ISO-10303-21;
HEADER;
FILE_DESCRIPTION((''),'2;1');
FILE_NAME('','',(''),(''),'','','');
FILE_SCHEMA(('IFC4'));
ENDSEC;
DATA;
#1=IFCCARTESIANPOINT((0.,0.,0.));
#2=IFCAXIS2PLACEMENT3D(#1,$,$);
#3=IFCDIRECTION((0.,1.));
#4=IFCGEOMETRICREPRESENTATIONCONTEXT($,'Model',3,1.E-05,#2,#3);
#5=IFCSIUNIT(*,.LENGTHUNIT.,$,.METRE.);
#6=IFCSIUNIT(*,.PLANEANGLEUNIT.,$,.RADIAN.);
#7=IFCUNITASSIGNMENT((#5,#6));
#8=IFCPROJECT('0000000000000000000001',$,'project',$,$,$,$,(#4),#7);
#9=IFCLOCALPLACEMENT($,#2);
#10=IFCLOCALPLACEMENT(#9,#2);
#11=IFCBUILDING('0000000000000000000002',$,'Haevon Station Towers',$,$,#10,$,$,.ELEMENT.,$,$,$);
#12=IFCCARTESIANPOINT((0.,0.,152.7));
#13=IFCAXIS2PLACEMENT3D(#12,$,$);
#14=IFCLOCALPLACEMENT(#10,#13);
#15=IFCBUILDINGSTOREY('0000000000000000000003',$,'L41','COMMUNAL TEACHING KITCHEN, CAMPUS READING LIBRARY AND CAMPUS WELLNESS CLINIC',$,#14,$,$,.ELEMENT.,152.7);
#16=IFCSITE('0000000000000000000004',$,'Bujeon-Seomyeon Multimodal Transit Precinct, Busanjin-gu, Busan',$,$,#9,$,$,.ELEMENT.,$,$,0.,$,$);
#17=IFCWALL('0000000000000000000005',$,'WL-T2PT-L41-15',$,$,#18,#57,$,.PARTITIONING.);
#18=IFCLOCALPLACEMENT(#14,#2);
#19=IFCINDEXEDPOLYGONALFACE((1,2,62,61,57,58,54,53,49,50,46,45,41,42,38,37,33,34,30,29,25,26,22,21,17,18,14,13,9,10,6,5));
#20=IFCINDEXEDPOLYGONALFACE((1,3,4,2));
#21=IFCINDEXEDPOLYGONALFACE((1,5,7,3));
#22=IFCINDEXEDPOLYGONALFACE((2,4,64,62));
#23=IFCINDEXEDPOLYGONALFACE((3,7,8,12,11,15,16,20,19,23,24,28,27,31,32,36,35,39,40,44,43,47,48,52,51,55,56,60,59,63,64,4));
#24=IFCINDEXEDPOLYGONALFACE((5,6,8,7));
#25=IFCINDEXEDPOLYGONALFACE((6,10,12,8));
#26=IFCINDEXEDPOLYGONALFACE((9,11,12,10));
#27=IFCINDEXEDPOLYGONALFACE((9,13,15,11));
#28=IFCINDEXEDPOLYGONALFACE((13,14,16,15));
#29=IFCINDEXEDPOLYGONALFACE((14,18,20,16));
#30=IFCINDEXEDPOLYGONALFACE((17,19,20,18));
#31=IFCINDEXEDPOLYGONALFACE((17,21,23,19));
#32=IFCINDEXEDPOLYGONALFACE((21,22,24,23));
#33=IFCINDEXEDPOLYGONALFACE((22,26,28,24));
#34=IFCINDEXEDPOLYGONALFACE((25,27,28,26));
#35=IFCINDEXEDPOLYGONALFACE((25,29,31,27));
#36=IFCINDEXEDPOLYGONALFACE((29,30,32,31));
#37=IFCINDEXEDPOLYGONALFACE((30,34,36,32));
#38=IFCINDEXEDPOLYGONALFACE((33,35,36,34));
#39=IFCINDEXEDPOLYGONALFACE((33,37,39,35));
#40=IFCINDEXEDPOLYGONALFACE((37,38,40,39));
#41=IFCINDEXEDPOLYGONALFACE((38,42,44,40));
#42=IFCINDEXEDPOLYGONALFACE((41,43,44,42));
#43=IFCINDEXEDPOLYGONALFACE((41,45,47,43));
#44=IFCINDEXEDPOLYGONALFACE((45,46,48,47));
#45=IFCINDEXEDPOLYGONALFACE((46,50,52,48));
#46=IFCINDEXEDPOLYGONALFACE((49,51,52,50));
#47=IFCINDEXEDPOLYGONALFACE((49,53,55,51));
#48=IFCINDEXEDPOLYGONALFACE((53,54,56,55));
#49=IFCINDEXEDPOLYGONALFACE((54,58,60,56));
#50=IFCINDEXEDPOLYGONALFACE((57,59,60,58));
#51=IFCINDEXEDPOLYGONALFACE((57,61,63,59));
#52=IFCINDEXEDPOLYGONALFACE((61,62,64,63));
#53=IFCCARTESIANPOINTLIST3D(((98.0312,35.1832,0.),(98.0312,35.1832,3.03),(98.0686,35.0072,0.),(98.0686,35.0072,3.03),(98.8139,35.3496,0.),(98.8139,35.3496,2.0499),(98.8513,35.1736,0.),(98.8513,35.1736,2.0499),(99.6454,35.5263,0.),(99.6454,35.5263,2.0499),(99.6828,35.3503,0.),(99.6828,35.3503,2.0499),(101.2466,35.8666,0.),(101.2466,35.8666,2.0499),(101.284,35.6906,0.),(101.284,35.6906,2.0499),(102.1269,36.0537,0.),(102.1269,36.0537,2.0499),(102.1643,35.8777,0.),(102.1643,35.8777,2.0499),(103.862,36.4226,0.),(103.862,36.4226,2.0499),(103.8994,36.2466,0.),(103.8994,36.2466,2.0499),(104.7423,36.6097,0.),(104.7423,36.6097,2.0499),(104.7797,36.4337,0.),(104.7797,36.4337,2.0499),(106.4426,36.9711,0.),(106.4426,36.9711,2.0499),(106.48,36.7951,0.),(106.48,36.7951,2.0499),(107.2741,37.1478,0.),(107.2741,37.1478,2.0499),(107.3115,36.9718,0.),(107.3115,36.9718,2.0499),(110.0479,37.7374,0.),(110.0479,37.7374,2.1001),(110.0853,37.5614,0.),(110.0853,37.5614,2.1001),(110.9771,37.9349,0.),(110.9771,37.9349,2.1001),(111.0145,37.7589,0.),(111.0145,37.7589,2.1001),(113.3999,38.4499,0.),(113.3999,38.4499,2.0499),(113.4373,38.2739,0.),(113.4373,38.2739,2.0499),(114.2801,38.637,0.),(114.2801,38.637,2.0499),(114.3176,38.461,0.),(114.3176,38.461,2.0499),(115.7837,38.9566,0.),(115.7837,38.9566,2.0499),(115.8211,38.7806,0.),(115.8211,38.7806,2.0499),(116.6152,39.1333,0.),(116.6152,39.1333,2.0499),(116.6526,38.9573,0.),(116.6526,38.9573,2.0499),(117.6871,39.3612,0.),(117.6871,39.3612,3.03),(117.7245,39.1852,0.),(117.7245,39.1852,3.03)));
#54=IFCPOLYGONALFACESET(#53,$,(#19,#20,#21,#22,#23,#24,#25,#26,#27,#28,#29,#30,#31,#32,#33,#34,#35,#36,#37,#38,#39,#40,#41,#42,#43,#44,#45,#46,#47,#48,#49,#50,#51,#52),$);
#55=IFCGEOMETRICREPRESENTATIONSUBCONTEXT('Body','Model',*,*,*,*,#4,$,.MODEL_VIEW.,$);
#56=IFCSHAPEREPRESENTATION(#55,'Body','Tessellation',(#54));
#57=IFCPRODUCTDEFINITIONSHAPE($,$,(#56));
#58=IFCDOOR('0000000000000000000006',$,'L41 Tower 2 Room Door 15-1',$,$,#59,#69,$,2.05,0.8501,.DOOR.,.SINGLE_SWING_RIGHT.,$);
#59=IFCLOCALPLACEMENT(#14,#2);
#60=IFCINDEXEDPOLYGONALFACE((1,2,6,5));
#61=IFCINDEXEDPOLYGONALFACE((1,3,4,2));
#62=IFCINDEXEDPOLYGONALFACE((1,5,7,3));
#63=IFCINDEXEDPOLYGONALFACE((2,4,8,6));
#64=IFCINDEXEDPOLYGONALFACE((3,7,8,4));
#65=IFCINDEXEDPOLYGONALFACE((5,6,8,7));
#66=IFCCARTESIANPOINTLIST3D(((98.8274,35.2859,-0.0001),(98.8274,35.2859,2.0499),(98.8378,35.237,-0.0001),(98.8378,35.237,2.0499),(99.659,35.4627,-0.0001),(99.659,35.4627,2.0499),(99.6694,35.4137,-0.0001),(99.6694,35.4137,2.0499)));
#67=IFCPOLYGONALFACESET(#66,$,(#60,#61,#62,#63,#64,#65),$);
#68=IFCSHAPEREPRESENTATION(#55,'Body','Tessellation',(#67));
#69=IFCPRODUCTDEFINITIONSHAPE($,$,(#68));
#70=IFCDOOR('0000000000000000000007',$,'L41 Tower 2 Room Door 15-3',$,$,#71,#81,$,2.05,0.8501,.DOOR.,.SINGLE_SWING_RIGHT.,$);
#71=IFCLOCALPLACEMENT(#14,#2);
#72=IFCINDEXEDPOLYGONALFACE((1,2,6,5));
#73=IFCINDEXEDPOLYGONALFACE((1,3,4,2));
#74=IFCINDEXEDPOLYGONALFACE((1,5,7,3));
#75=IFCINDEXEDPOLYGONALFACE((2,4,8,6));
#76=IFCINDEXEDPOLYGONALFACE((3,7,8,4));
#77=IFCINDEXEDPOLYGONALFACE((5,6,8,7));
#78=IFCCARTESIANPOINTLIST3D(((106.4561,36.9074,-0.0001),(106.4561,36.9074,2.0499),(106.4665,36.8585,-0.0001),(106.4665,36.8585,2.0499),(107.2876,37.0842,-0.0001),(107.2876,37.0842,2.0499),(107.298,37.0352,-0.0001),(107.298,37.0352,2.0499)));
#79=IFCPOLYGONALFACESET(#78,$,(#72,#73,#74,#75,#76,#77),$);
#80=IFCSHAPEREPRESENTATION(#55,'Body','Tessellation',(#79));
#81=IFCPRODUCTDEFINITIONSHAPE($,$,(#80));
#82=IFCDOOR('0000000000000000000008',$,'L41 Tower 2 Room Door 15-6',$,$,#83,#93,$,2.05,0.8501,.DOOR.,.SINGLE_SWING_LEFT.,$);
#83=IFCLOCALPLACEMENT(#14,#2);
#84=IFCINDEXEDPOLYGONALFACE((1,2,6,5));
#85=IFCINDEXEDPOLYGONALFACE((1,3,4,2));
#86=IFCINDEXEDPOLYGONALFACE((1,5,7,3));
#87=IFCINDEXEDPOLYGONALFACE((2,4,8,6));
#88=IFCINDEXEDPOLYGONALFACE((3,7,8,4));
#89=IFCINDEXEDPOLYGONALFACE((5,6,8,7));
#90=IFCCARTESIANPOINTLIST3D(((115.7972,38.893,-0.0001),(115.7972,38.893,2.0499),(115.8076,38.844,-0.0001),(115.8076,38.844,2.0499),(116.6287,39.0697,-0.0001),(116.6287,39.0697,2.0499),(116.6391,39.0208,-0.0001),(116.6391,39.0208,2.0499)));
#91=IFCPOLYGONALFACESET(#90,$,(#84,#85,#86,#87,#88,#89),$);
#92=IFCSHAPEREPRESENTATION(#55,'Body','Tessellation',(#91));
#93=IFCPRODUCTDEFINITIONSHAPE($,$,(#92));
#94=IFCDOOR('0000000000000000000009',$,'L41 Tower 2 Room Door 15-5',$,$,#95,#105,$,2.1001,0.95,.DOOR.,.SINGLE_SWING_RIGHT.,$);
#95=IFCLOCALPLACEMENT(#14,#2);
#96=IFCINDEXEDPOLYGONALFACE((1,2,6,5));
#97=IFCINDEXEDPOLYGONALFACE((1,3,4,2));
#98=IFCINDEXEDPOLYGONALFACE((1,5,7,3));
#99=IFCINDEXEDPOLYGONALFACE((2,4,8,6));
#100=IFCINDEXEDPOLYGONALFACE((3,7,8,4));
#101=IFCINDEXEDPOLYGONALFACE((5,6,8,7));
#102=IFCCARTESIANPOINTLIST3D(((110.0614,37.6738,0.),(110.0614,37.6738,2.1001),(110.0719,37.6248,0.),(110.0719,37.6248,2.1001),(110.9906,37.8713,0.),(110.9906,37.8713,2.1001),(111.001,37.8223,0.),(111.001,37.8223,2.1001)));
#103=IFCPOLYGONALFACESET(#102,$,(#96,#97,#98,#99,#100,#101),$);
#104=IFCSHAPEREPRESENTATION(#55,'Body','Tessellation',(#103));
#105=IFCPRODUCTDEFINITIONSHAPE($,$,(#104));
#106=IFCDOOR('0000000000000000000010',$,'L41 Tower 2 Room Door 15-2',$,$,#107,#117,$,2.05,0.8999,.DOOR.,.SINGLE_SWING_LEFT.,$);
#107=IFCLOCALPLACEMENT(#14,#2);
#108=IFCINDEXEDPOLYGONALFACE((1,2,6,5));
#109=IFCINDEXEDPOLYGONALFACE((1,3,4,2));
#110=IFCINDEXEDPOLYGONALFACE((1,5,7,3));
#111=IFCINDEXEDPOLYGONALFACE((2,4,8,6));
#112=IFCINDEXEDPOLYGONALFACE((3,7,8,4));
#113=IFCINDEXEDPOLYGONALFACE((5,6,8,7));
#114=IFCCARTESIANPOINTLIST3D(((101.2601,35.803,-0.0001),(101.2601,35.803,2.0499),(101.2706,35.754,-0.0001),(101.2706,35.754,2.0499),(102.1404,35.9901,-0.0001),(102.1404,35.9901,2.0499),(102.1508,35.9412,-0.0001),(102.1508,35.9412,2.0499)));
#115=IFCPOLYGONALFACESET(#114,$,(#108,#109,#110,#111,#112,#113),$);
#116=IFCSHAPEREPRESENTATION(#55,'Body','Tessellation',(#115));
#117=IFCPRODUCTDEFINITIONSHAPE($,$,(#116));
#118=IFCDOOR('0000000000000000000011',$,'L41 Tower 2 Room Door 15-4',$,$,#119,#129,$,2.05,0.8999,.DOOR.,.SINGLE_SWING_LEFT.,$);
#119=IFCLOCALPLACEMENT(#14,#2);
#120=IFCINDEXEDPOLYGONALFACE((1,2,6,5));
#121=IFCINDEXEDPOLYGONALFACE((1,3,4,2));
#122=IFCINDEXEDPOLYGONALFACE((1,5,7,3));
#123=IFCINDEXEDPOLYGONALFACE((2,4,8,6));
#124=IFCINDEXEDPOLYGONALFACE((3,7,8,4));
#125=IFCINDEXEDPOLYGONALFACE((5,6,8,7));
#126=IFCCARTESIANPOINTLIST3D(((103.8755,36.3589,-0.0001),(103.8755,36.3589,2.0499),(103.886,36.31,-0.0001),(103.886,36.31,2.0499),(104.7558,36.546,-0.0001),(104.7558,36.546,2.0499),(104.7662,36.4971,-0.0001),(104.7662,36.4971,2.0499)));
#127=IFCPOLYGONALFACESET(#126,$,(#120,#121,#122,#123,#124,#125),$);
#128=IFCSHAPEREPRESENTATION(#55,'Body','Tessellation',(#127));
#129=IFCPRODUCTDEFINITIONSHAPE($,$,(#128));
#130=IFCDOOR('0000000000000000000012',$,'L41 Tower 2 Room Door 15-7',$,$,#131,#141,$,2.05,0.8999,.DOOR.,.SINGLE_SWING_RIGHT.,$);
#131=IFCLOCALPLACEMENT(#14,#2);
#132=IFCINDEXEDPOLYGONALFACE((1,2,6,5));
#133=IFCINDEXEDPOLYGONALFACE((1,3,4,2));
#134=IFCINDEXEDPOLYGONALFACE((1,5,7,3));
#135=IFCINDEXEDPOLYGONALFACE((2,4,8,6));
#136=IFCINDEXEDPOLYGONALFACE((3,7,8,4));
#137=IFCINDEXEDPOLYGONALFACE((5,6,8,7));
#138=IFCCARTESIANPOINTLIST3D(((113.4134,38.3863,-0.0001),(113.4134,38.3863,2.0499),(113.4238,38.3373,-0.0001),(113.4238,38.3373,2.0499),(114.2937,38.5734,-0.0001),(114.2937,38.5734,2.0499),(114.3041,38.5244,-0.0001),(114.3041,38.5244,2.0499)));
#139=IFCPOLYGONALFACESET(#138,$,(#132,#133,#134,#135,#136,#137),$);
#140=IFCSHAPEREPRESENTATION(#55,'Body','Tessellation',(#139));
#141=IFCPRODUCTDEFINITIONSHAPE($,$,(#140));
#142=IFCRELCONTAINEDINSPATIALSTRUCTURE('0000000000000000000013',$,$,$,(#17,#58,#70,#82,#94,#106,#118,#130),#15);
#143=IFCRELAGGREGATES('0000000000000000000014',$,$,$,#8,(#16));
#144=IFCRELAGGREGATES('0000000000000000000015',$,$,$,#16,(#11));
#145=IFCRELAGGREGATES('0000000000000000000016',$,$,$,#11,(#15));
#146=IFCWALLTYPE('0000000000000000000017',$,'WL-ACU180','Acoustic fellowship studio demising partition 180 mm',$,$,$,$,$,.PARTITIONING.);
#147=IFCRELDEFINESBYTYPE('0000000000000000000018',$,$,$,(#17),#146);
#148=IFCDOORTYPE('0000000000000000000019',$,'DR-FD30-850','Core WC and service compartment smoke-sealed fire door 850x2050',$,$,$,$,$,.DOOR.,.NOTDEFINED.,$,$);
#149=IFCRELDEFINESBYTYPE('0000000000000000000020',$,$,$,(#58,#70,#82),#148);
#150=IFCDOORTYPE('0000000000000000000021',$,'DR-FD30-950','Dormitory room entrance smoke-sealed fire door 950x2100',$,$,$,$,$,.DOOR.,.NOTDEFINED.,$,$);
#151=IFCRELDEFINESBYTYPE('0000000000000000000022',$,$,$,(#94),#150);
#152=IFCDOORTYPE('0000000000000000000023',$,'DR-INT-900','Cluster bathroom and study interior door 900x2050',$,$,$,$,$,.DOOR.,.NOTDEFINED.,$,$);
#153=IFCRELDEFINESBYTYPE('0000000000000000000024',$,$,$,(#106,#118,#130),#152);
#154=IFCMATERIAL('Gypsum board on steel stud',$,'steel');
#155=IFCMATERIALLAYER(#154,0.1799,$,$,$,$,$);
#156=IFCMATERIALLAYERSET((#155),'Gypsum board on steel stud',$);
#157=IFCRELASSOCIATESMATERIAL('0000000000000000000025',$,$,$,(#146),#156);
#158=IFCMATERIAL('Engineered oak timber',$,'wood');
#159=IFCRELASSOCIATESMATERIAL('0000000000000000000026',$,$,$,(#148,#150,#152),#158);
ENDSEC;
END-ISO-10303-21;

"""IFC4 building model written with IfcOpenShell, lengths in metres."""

from ifc_helpers import new_model, si_unit, direction, frame, frame_2d, origin, place, context, subcontext, project, spatial, rectangle, extrude, material, layer, layer_set, type_object, element, fill, save


model = new_model("IFC4")

# Units and contexts
model_context = context("Model", 3, precision=1e-05, world=origin(), true_north=direction((0.0, 1.0)))
body_context = subcontext(model_context, "Body", "Model", "MODEL_VIEW")
ifc_project = project(units=[si_unit("LENGTHUNIT", "METRE"), si_unit("PLANEANGLEUNIT", "RADIAN")], contexts=[model_context])

# Site, building, storey
site_placement = place(None, origin())
site = spatial("IfcSite", under=ifc_project, at=site_placement, Name="Bujeon-Seomyeon Multimodal Transit Precinct, Busanjin-gu, Busan", CompositionType="ELEMENT", RefElevation=0.0)
building_placement = place(site_placement, origin())
building = spatial("IfcBuilding", under=site, at=building_placement, Name="Haevon Station Towers", CompositionType="ELEMENT")
storey_placement = place(building_placement, frame((0.0, 0.0, 152.7)))
storey = spatial("IfcBuildingStorey", under=building, at=storey_placement, Name="L41", Description="COMMUNAL TEACHING KITCHEN, CAMPUS READING LIBRARY AND CAMPUS WELLNESS CLINIC", CompositionType="ELEMENT", Elevation=152.7)

# Wall, openings, doors
ifc_material_1 = material(Name="Gypsum board on steel stud", Category="steel")
ifc_layer_1 = layer(ifc_material_1, 0.1799)
ifc_layer_set_1 = layer_set([ifc_layer_1], Name="Gypsum board on steel stud")
wall_type_1 = type_object("IfcWallType", Name="WL-ACU180", Description="Acoustic fellowship studio demising partition 180 mm", PredefinedType="PARTITIONING", material=ifc_layer_set_1)
wall_1_placement = place(storey_placement, frame((98.05, 35.0952, 0.0), z_axis=(0.0, 0.0, 1.0), x_axis=(0.978147, 0.207913, 0.0)))
wall_1 = element("IfcWall", 1, at=wall_1_placement, inside=storey, type_object=wall_type_1, Name="WL-T2PT-L41-15", PredefinedType="PARTITIONING", context=body_context, shape_type="SweptSolid", body=[
    extrude(rectangle(XDim=20.095, YDim=0.1799, at=frame_2d((10.0474, 0.0))), origin(), (0.0, 0.0, 1.0), 3.03),
])
opening_1_placement = place(wall_1_placement, frame((0.8, 0.0, 0.0)))
opening_1 = element("IfcOpeningElement", 2, at=opening_1_placement, cuts=wall_1, PredefinedType="OPENING", context=body_context, shape_type="SweptSolid", body=[
    extrude(rectangle(XDim=0.8501, YDim=2.05, at=frame_2d((0.425, 1.0249))), frame((0.0, 0.0999, 0.0), z_axis=(0.0, -1.0, 0.0), x_axis=(1.0, 0.0, 0.0)), (0.0, 0.0, 1.0), 0.2),
])
opening_2_placement = place(wall_1_placement, frame((3.2871, 0.0, 0.0)))
opening_2 = element("IfcOpeningElement", 3, at=opening_2_placement, cuts=wall_1, PredefinedType="OPENING", context=body_context, shape_type="SweptSolid", body=[
    extrude(rectangle(XDim=0.8999, YDim=2.05, at=frame_2d((0.45, 1.0249))), frame((0.0, 0.0999, 0.0), z_axis=(0.0, -1.0, 0.0), x_axis=(1.0, 0.0, 0.0)), (0.0, 0.0, 1.0), 0.2),
])
opening_3_placement = place(wall_1_placement, frame((8.5991, 0.0, 0.0)))
opening_3 = element("IfcOpeningElement", 4, at=opening_3_placement, cuts=wall_1, PredefinedType="OPENING", context=body_context, shape_type="SweptSolid", body=[
    extrude(rectangle(XDim=0.8501, YDim=2.05, at=frame_2d((0.425, 1.0249))), frame((0.0, 0.0999, 0.0), z_axis=(0.0, -1.0, 0.0), x_axis=(1.0, 0.0, 0.0)), (0.0, 0.0, 1.0), 0.2),
])
opening_4_placement = place(wall_1_placement, frame((5.9609, 0.0, 0.0)))
opening_4 = element("IfcOpeningElement", 5, at=opening_4_placement, cuts=wall_1, PredefinedType="OPENING", context=body_context, shape_type="SweptSolid", body=[
    extrude(rectangle(XDim=0.8999, YDim=2.05, at=frame_2d((0.45, 1.0249))), frame((0.0, 0.0999, 0.0), z_axis=(0.0, -1.0, 0.0), x_axis=(1.0, 0.0, 0.0)), (0.0, 0.0, 1.0), 0.2),
])
opening_5_placement = place(wall_1_placement, frame((12.2849, 0.0, 0.0)))
opening_5 = element("IfcOpeningElement", 6, at=opening_5_placement, cuts=wall_1, PredefinedType="OPENING", context=body_context, shape_type="SweptSolid", body=[
    extrude(rectangle(XDim=0.95, YDim=2.1001, at=frame_2d((0.4751, 1.05))), frame((0.0, 0.0999, 0.0), z_axis=(0.0, -1.0, 0.0), x_axis=(1.0, 0.0, 0.0)), (0.0, 0.0, 1.0), 0.2),
])
opening_6_placement = place(wall_1_placement, frame((18.1489, 0.0, 0.0)))
opening_6 = element("IfcOpeningElement", 7, at=opening_6_placement, cuts=wall_1, PredefinedType="OPENING", context=body_context, shape_type="SweptSolid", body=[
    extrude(rectangle(XDim=0.8501, YDim=2.05, at=frame_2d((0.425, 1.0249))), frame((0.0, 0.0999, 0.0), z_axis=(0.0, -1.0, 0.0), x_axis=(1.0, 0.0, 0.0)), (0.0, 0.0, 1.0), 0.2),
])
opening_7_placement = place(wall_1_placement, frame((15.7119, 0.0, 0.0)))
opening_7 = element("IfcOpeningElement", 8, at=opening_7_placement, cuts=wall_1, PredefinedType="OPENING", context=body_context, shape_type="SweptSolid", body=[
    extrude(rectangle(XDim=0.8999, YDim=2.05, at=frame_2d((0.45, 1.0249))), frame((0.0, 0.0999, 0.0), z_axis=(0.0, -1.0, 0.0), x_axis=(1.0, 0.0, 0.0)), (0.0, 0.0, 1.0), 0.2),
])
ifc_material_2 = material(Name="Engineered oak timber", Category="wood")
door_type_1 = type_object("IfcDoorType", Name="DR-FD30-850", Description="Core WC and service compartment smoke-sealed fire door 850x2050", OperationType="NOTDEFINED", PredefinedType="DOOR", material=ifc_material_2)
door_1_placement = place(opening_1_placement, origin())
door_1 = element("IfcDoor", 9, at=door_1_placement, inside=storey, type_object=door_type_1, Name="L41 Tower 2 Room Door 15-1", OperationType="SINGLE_SWING_RIGHT", OverallHeight=2.05, OverallWidth=0.8501, PredefinedType="DOOR", context=body_context, shape_type="SweptSolid", body=[
    extrude(rectangle(XDim=0.8501, YDim=2.05, at=frame_2d((0.425, 1.0249))), frame((0.0, 0.0249, 0.0), z_axis=(0.0, -1.0, 0.0), x_axis=(1.0, 0.0, 0.0)), (0.0, 0.0, 1.0), 0.05),
])
fill(opening_1, door_1)
door_2_placement = place(opening_3_placement, origin())
door_2 = element("IfcDoor", 10, at=door_2_placement, inside=storey, type_object=door_type_1, Name="L41 Tower 2 Room Door 15-3", OperationType="SINGLE_SWING_RIGHT", OverallHeight=2.05, OverallWidth=0.8501, PredefinedType="DOOR", context=body_context, shape_type="SweptSolid", body=[
    extrude(rectangle(XDim=0.8501, YDim=2.05, at=frame_2d((0.425, 1.0249))), frame((0.0, 0.0249, 0.0), z_axis=(0.0, -1.0, 0.0), x_axis=(1.0, 0.0, 0.0)), (0.0, 0.0, 1.0), 0.05),
])
fill(opening_3, door_2)
door_3_placement = place(opening_6_placement, origin())
door_3 = element("IfcDoor", 11, at=door_3_placement, inside=storey, type_object=door_type_1, Name="L41 Tower 2 Room Door 15-6", OperationType="SINGLE_SWING_LEFT", OverallHeight=2.05, OverallWidth=0.8501, PredefinedType="DOOR", context=body_context, shape_type="SweptSolid", body=[
    extrude(rectangle(XDim=0.8501, YDim=2.05, at=frame_2d((0.425, 1.0249))), frame((0.0, 0.0249, 0.0), z_axis=(0.0, -1.0, 0.0), x_axis=(1.0, 0.0, 0.0)), (0.0, 0.0, 1.0), 0.05),
])
fill(opening_6, door_3)
door_type_2 = type_object("IfcDoorType", Name="DR-FD30-950", Description="Dormitory room entrance smoke-sealed fire door 950x2100", OperationType="NOTDEFINED", PredefinedType="DOOR", material=ifc_material_2)
door_4_placement = place(opening_5_placement, origin())
door_4 = element("IfcDoor", 12, at=door_4_placement, inside=storey, type_object=door_type_2, Name="L41 Tower 2 Room Door 15-5", OperationType="SINGLE_SWING_RIGHT", OverallHeight=2.1001, OverallWidth=0.95, PredefinedType="DOOR", context=body_context, shape_type="SweptSolid", body=[
    extrude(rectangle(XDim=0.95, YDim=2.1001, at=frame_2d((0.4751, 1.05))), frame((0.0, 0.0249, 0.0), z_axis=(0.0, -1.0, 0.0), x_axis=(1.0, 0.0, 0.0)), (0.0, 0.0, 1.0), 0.05),
])
fill(opening_5, door_4)
door_type_3 = type_object("IfcDoorType", Name="DR-INT-900", Description="Cluster bathroom and study interior door 900x2050", OperationType="NOTDEFINED", PredefinedType="DOOR", material=ifc_material_2)
door_5_placement = place(opening_2_placement, origin())
door_5 = element("IfcDoor", 13, at=door_5_placement, inside=storey, type_object=door_type_3, Name="L41 Tower 2 Room Door 15-2", OperationType="SINGLE_SWING_LEFT", OverallHeight=2.05, OverallWidth=0.8999, PredefinedType="DOOR", context=body_context, shape_type="SweptSolid", body=[
    extrude(rectangle(XDim=0.8999, YDim=2.05, at=frame_2d((0.45, 1.0249))), frame((0.0, 0.0249, 0.0), z_axis=(0.0, -1.0, 0.0), x_axis=(1.0, 0.0, 0.0)), (0.0, 0.0, 1.0), 0.05),
])
fill(opening_2, door_5)
door_6_placement = place(opening_4_placement, origin())
door_6 = element("IfcDoor", 14, at=door_6_placement, inside=storey, type_object=door_type_3, Name="L41 Tower 2 Room Door 15-4", OperationType="SINGLE_SWING_LEFT", OverallHeight=2.05, OverallWidth=0.8999, PredefinedType="DOOR", context=body_context, shape_type="SweptSolid", body=[
    extrude(rectangle(XDim=0.8999, YDim=2.05, at=frame_2d((0.45, 1.0249))), frame((0.0, 0.0249, 0.0), z_axis=(0.0, -1.0, 0.0), x_axis=(1.0, 0.0, 0.0)), (0.0, 0.0, 1.0), 0.05),
])
fill(opening_4, door_6)
door_7_placement = place(opening_7_placement, origin())
door_7 = element("IfcDoor", 15, at=door_7_placement, inside=storey, type_object=door_type_3, Name="L41 Tower 2 Room Door 15-7", OperationType="SINGLE_SWING_RIGHT", OverallHeight=2.05, OverallWidth=0.8999, PredefinedType="DOOR", context=body_context, shape_type="SweptSolid", body=[
    extrude(rectangle(XDim=0.8999, YDim=2.05, at=frame_2d((0.45, 1.0249))), frame((0.0, 0.0249, 0.0), z_axis=(0.0, -1.0, 0.0), x_axis=(1.0, 0.0, 0.0)), (0.0, 0.0, 1.0), 0.05),
])
fill(opening_7, door_7)

save(model, "model.ifc")
